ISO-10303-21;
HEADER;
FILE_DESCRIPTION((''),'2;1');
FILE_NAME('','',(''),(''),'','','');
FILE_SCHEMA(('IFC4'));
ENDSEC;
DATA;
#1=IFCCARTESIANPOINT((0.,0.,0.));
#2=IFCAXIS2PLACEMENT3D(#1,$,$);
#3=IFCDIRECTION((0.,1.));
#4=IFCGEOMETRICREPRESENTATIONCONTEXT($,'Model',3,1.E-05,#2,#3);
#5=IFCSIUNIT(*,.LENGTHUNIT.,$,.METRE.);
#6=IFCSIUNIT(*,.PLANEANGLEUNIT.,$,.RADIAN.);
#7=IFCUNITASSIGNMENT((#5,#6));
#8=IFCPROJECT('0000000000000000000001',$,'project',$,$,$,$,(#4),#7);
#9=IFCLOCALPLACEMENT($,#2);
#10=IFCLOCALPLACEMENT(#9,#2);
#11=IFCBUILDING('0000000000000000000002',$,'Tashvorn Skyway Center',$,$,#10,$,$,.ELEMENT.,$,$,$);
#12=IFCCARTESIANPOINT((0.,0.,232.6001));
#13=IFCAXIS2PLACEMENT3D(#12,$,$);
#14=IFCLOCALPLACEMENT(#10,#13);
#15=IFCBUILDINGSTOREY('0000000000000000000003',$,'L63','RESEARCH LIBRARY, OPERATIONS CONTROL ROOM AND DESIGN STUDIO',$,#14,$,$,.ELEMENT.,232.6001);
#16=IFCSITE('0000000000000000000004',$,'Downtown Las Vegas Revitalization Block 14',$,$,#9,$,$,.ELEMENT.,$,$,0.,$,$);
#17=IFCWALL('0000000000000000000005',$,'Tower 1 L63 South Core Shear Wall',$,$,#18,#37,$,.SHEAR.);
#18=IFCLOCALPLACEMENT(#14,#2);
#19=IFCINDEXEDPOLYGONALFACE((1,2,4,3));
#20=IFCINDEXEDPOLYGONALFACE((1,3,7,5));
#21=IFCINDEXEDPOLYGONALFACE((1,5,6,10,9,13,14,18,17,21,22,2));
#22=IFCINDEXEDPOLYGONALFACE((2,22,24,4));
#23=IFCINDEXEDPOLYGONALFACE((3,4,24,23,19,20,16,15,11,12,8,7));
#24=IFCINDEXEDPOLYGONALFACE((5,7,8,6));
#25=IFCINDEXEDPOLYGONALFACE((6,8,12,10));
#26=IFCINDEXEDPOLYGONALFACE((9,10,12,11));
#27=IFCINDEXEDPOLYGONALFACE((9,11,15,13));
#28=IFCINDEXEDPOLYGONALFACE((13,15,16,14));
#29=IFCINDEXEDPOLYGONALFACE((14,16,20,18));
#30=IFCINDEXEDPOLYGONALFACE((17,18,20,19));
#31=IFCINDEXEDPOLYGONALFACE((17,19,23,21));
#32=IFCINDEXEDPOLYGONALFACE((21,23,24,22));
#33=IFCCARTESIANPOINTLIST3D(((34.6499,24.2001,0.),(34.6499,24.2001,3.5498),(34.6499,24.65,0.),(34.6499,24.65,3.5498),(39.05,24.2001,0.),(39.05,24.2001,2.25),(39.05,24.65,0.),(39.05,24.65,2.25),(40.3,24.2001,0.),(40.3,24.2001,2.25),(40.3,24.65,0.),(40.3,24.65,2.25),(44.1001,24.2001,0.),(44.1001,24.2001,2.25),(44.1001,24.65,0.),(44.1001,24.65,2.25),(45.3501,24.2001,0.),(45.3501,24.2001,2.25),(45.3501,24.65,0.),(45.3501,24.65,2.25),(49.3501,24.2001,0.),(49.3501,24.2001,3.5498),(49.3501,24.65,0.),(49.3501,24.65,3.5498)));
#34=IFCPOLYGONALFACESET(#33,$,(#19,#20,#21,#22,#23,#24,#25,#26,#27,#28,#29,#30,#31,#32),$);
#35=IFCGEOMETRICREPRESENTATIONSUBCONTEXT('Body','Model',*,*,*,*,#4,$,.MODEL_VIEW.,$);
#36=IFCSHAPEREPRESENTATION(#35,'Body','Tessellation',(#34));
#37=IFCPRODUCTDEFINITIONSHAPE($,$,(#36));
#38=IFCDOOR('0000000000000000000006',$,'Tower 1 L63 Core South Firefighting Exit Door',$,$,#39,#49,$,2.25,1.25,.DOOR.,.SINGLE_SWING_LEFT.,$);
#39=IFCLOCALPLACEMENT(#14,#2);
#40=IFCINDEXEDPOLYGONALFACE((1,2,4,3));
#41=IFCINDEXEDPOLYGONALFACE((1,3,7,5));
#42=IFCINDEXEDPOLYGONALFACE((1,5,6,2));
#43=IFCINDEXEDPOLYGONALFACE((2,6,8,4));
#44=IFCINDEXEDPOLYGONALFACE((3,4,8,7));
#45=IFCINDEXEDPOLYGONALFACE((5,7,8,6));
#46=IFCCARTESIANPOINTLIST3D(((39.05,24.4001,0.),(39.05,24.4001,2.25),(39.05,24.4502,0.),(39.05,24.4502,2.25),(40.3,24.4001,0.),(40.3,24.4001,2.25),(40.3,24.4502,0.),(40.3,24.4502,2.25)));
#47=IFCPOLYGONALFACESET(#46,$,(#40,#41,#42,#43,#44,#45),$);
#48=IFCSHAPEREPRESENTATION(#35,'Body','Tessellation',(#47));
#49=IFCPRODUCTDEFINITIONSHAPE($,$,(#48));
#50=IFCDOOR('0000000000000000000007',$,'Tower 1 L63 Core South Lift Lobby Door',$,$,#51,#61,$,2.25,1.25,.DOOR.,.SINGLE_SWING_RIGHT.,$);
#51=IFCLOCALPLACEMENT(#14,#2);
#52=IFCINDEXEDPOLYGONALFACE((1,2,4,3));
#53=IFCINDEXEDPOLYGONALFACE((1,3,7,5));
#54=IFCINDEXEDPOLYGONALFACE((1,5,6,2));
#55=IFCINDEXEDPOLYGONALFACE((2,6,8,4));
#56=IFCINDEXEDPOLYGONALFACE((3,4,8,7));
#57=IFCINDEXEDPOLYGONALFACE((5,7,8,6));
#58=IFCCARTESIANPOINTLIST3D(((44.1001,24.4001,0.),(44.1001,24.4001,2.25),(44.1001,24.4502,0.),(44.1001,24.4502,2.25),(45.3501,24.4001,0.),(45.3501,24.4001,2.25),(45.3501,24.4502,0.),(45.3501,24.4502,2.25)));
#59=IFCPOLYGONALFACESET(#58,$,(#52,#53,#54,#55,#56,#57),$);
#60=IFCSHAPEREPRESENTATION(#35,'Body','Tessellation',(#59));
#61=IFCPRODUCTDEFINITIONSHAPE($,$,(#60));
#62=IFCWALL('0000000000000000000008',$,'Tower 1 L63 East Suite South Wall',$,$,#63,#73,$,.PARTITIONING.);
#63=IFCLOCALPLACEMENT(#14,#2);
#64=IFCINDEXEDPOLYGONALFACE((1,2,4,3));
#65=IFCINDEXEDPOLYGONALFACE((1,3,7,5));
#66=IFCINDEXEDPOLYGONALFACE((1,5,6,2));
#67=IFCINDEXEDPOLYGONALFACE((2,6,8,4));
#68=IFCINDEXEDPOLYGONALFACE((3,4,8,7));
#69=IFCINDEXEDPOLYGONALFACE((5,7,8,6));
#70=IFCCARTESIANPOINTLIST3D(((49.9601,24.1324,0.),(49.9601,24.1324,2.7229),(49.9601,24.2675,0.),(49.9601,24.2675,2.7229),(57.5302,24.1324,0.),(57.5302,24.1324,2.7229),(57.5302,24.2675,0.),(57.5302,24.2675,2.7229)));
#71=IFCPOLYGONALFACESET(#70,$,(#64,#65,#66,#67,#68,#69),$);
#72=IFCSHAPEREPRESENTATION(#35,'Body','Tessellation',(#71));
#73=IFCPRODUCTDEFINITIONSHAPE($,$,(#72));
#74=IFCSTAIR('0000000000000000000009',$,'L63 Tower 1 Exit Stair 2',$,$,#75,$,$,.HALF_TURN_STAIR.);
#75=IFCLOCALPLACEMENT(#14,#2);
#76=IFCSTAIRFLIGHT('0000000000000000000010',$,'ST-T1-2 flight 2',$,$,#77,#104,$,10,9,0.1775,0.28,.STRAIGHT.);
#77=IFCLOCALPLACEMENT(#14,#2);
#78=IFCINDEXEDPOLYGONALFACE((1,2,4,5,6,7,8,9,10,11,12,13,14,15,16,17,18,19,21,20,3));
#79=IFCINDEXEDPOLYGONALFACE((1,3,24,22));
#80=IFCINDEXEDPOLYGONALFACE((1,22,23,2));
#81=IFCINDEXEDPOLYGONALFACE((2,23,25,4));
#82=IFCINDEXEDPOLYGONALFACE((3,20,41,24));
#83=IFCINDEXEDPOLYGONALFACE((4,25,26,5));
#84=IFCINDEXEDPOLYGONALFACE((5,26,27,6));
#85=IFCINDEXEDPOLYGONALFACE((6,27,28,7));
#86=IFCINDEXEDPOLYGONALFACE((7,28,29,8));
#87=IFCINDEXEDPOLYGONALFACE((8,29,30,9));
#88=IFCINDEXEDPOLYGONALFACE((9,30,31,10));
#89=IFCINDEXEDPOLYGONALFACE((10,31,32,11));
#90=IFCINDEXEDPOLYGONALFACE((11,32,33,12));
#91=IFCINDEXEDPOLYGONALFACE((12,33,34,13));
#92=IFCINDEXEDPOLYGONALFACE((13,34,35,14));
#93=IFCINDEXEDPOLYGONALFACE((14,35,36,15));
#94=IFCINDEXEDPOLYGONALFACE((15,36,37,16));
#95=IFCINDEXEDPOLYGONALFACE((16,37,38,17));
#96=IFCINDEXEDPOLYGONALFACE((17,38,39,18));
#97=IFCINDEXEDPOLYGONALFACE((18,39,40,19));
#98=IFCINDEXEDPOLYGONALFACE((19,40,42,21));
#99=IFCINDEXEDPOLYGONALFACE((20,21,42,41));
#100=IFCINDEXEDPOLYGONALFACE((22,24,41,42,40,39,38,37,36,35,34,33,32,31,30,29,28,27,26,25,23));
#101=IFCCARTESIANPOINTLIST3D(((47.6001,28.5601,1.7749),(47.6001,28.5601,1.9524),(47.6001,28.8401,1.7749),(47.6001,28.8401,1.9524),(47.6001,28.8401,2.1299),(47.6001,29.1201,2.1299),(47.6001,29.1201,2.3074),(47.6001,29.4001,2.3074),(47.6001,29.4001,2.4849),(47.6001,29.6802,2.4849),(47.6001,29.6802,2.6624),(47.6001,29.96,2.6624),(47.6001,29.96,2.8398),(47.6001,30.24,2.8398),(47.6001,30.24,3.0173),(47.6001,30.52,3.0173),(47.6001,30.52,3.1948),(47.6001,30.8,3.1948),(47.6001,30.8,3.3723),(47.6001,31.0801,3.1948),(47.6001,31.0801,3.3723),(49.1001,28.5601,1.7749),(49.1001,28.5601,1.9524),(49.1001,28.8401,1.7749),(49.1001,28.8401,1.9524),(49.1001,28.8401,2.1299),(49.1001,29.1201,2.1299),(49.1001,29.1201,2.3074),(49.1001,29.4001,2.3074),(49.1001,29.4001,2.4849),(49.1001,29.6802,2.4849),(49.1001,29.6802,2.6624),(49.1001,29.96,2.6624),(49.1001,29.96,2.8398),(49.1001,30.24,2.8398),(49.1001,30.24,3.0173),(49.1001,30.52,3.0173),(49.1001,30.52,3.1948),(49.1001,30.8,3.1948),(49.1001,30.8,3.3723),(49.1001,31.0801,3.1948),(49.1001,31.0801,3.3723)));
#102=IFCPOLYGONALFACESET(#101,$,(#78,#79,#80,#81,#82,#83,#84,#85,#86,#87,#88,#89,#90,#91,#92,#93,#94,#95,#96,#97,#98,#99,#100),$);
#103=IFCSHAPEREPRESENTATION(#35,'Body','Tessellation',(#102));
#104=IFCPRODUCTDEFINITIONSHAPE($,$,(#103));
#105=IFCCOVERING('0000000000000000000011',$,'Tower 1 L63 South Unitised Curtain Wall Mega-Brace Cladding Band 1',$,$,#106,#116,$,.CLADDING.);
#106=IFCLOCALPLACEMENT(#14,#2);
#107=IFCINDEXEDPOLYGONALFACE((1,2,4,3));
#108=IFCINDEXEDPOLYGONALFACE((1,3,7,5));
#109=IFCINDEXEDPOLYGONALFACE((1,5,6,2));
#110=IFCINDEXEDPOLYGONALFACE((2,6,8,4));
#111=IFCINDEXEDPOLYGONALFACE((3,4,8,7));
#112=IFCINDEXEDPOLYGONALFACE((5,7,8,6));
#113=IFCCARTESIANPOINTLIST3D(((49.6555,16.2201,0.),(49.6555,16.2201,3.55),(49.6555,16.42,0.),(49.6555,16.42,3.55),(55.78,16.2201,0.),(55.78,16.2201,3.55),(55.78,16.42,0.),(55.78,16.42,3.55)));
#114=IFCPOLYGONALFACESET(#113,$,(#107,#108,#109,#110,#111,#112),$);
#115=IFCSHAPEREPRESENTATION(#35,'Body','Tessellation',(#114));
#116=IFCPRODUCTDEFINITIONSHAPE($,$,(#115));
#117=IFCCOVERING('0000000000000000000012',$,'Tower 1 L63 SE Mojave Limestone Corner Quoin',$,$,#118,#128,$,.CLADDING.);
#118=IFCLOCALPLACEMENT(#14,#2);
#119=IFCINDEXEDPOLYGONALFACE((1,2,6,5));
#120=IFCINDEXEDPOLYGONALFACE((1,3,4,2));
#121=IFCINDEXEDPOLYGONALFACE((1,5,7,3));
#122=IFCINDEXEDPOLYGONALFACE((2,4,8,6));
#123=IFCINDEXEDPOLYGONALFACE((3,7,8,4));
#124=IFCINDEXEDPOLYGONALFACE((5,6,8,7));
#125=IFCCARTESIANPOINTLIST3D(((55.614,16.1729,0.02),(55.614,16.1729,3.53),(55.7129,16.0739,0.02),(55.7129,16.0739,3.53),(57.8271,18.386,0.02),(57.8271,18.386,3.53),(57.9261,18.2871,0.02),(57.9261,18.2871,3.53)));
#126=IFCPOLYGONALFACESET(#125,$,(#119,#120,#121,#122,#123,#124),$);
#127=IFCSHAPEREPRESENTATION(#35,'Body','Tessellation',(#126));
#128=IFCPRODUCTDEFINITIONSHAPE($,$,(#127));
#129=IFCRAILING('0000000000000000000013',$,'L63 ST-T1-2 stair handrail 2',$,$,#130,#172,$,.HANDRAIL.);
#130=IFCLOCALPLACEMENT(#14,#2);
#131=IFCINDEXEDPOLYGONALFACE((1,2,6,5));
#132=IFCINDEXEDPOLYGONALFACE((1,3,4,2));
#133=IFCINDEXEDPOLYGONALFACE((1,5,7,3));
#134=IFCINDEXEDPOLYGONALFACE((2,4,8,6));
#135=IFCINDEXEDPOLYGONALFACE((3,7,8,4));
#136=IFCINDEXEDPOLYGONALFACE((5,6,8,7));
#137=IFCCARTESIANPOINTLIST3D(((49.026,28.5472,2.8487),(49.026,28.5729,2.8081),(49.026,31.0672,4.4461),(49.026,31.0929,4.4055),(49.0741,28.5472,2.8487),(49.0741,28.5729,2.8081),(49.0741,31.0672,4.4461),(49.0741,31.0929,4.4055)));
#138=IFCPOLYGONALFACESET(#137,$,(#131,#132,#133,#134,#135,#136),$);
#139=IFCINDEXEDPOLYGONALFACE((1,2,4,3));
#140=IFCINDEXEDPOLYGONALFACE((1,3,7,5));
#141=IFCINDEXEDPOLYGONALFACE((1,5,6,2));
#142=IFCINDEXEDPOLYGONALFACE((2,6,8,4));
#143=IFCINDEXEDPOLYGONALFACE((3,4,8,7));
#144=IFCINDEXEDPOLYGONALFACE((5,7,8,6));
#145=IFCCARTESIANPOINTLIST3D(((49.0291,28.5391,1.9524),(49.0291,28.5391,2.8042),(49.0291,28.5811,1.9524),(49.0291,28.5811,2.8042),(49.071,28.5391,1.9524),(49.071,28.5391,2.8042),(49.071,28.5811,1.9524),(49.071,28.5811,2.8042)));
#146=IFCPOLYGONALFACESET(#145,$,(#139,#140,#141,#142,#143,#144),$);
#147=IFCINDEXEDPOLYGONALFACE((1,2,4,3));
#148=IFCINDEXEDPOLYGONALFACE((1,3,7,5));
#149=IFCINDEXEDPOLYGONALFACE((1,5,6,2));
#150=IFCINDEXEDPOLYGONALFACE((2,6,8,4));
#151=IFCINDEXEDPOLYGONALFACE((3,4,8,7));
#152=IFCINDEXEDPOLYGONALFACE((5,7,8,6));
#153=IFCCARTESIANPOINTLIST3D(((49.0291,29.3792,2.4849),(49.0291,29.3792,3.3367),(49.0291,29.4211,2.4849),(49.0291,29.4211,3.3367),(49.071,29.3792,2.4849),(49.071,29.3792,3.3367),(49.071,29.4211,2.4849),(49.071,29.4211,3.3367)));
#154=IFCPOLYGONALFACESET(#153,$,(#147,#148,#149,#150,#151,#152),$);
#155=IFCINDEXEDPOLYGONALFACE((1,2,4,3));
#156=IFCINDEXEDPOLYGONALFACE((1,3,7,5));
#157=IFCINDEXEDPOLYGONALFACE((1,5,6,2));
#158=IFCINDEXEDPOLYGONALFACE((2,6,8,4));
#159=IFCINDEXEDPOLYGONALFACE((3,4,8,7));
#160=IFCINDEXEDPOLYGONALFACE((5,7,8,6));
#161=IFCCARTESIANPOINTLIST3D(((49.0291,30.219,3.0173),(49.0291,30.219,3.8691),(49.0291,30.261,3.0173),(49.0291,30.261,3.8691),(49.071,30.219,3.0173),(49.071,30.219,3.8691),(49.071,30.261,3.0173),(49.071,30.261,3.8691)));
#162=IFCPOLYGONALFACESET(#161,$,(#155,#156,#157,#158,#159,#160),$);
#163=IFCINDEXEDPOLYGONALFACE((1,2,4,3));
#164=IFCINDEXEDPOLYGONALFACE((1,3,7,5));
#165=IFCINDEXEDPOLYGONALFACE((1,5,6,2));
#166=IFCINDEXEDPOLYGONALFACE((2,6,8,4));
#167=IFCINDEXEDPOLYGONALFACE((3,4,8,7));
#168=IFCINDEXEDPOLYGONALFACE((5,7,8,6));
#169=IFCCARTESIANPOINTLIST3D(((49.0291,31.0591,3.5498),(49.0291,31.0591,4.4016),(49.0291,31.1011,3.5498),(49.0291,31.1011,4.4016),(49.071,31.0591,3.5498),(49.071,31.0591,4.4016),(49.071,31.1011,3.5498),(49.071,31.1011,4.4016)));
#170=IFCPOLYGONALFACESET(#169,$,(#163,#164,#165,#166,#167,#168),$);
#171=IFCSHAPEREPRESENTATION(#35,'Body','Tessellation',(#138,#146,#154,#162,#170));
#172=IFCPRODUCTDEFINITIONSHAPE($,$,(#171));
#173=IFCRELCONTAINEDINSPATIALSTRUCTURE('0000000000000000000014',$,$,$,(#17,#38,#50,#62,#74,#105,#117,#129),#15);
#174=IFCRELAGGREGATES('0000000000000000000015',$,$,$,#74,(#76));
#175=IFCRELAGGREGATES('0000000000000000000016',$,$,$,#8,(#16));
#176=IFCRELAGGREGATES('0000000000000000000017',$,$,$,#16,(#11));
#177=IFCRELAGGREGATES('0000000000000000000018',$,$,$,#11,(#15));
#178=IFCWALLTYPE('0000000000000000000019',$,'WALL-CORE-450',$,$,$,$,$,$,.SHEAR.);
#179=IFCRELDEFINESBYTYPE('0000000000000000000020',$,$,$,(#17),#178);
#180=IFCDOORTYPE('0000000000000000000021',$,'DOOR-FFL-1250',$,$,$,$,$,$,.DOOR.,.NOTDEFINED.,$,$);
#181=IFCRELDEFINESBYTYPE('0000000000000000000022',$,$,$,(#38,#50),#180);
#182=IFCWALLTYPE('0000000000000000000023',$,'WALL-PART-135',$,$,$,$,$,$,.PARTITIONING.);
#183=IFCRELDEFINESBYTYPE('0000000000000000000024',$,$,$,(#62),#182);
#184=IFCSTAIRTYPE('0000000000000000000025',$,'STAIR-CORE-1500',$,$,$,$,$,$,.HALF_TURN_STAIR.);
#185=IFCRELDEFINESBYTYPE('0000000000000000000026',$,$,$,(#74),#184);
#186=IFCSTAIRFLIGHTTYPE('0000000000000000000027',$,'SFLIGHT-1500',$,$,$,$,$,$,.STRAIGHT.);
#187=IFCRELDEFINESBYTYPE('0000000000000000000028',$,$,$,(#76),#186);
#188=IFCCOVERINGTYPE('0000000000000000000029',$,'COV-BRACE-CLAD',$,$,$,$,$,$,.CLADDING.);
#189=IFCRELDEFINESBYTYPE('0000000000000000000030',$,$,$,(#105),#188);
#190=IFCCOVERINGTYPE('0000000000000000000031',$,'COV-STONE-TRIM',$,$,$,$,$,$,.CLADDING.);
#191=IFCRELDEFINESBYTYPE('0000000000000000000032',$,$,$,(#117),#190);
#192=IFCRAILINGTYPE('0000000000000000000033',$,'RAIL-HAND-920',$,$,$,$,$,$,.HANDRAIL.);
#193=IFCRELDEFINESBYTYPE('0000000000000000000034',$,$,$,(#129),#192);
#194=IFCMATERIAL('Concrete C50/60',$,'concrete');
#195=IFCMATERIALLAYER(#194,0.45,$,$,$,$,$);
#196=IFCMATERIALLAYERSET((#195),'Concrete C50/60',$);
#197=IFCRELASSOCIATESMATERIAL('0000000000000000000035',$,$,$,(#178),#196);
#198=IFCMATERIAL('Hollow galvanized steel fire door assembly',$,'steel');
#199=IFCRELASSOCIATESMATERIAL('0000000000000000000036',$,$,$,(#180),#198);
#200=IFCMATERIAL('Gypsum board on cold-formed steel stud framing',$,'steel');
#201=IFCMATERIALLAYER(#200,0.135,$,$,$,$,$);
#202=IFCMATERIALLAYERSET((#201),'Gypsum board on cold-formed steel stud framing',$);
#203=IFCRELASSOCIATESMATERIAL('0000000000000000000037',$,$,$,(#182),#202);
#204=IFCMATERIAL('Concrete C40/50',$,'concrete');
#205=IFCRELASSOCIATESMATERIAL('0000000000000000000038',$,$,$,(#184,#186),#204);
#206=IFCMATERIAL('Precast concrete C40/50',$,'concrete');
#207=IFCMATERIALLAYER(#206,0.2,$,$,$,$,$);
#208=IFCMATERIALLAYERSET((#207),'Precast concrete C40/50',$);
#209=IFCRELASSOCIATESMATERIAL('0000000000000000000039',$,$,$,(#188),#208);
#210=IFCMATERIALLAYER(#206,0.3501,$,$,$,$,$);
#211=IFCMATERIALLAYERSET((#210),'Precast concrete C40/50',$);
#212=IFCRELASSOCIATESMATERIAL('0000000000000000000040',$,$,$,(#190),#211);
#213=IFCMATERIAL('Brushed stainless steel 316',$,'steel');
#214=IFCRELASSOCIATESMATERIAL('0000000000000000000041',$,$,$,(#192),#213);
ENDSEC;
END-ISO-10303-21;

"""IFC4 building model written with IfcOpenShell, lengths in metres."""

from ifc_helpers import new_model, si_unit, direction, frame, frame_2d, origin, origin_2d, place, context, subcontext, project, spatial, polyline, rectangle, outline, extrude, material, layer, layer_set, type_object, element, fill, aggregate, save


model = new_model("IFC4")

# Units and contexts
model_context = context("Model", 3, precision=1e-05, world=origin(), true_north=direction((0.0, 1.0)))
body_context = subcontext(model_context, "Body", "Model", "MODEL_VIEW")
ifc_project = project(units=[si_unit("LENGTHUNIT", "METRE"), si_unit("PLANEANGLEUNIT", "RADIAN")], contexts=[model_context])

# Site, building, storey
site_placement = place(None, origin())
site = spatial("IfcSite", under=ifc_project, at=site_placement, Name="Downtown Las Vegas Revitalization Block 14", CompositionType="ELEMENT", RefElevation=0.0)
building_placement = place(site_placement, origin())
building = spatial("IfcBuilding", under=site, at=building_placement, Name="Tashvorn Skyway Center", CompositionType="ELEMENT")
storey_placement = place(building_placement, frame((0.0, 0.0, 232.6001)))
storey = spatial("IfcBuildingStorey", under=building, at=storey_placement, Name="L63", Description="RESEARCH LIBRARY, OPERATIONS CONTROL ROOM AND DESIGN STUDIO", CompositionType="ELEMENT", Elevation=232.6001)

# Wall, openings, doors
ifc_material_1 = material(Name="Concrete C50/60", Category="concrete")
ifc_layer_1 = layer(ifc_material_1, 0.45)
ifc_layer_set_1 = layer_set([ifc_layer_1], Name="Concrete C50/60")
wall_type_1 = type_object("IfcWallType", Name="WALL-CORE-450", PredefinedType="SHEAR", material=ifc_layer_set_1)
wall_1_placement = place(storey_placement, frame((49.3501, 24.425, 0.0), z_axis=(0.0, 0.0, 1.0), x_axis=(-1.0, 0.0, 0.0)))
wall_1 = element("IfcWall", 1, at=wall_1_placement, inside=storey, type_object=wall_type_1, Name="Tower 1 L63 South Core Shear Wall", PredefinedType="SHEAR", context=body_context, shape_type="SweptSolid", body=[
    extrude(rectangle(XDim=14.7002, YDim=0.45, at=frame_2d((7.3501, 0.0))), origin(), (0.0, 0.0, 1.0), 3.5498),
])
opening_1_placement = place(wall_1_placement, frame((9.05, 0.0, 0.0)))
opening_1 = element("IfcOpeningElement", 2, at=opening_1_placement, cuts=wall_1, PredefinedType="OPENING", context=body_context, shape_type="SweptSolid", body=[
    extrude(rectangle(XDim=1.25, YDim=2.25, at=frame_2d((0.625, 1.125))), frame((0.0, 0.2349, 0.0), z_axis=(0.0, -1.0, 0.0), x_axis=(1.0, 0.0, 0.0)), (0.0, 0.0, 1.0), 0.47),
])
opening_2_placement = place(wall_1_placement, frame((4.0, 0.0, 0.0)))
opening_2 = element("IfcOpeningElement", 3, at=opening_2_placement, cuts=wall_1, PredefinedType="OPENING", context=body_context, shape_type="SweptSolid", body=[
    extrude(rectangle(XDim=1.25, YDim=2.25, at=frame_2d((0.625, 1.125))), frame((0.0, 0.2349, 0.0), z_axis=(0.0, -1.0, 0.0), x_axis=(1.0, 0.0, 0.0)), (0.0, 0.0, 1.0), 0.47),
])
ifc_material_2 = material(Name="Hollow galvanized steel fire door assembly", Category="steel")
door_type = type_object("IfcDoorType", Name="DOOR-FFL-1250", OperationType="NOTDEFINED", PredefinedType="DOOR", material=ifc_material_2)
door_1_placement = place(opening_1_placement, origin())
door_1 = element("IfcDoor", 4, at=door_1_placement, inside=storey, type_object=door_type, Name="Tower 1 L63 Core South Firefighting Exit Door", OperationType="SINGLE_SWING_LEFT", OverallHeight=2.25, OverallWidth=1.25, PredefinedType="DOOR", context=body_context, shape_type="SweptSolid", body=[
    extrude(rectangle(XDim=1.25, YDim=2.25, at=frame_2d((0.625, 1.125))), frame((0.0, 0.0249, 0.0), z_axis=(0.0, -1.0, 0.0), x_axis=(1.0, 0.0, 0.0)), (0.0, 0.0, 1.0), 0.05),
])
fill(opening_1, door_1)
door_2_placement = place(opening_2_placement, origin())
door_2 = element("IfcDoor", 5, at=door_2_placement, inside=storey, type_object=door_type, Name="Tower 1 L63 Core South Lift Lobby Door", OperationType="SINGLE_SWING_RIGHT", OverallHeight=2.25, OverallWidth=1.25, PredefinedType="DOOR", context=body_context, shape_type="SweptSolid", body=[
    extrude(rectangle(XDim=1.25, YDim=2.25, at=frame_2d((0.625, 1.125))), frame((0.0, 0.0249, 0.0), z_axis=(0.0, -1.0, 0.0), x_axis=(1.0, 0.0, 0.0)), (0.0, 0.0, 1.0), 0.05),
])
fill(opening_2, door_2)

# Wall
ifc_material_3 = material(Name="Gypsum board on cold-formed steel stud framing", Category="steel")
ifc_layer_2 = layer(ifc_material_3, 0.135)
ifc_layer_set_2 = layer_set([ifc_layer_2], Name="Gypsum board on cold-formed steel stud framing")
wall_type_2 = type_object("IfcWallType", Name="WALL-PART-135", PredefinedType="PARTITIONING", material=ifc_layer_set_2)
wall_2_placement = place(storey_placement, frame((49.96, 24.2, 0.0), z_axis=(0.0, 0.0, 1.0), x_axis=(1.0, 0.0, 0.0)))
element("IfcWall", 6, at=wall_2_placement, inside=storey, type_object=wall_type_2, Name="Tower 1 L63 East Suite South Wall", PredefinedType="PARTITIONING", context=body_context, shape_type="SweptSolid", body=[
    extrude(rectangle(XDim=7.5701, YDim=0.135, at=frame_2d((3.7852, 0.0))), origin(), (0.0, 0.0, 1.0), 2.7229),
])

# Stair, stair flight
ifc_material_4 = material(Name="Concrete C40/50", Category="concrete")
stair_type = type_object("IfcStairType", Name="STAIR-CORE-1500", PredefinedType="HALF_TURN_STAIR", material=ifc_material_4)
stair_placement = place(storey_placement, origin())
stair = element("IfcStair", 7, at=stair_placement, inside=storey, type_object=stair_type, Name="L63 Tower 1 Exit Stair 2", PredefinedType="HALF_TURN_STAIR")
stair_flight_type = type_object("IfcStairFlightType", Name="SFLIGHT-1500", PredefinedType="STRAIGHT", material=ifc_material_4)
stair_flight_placement = place(storey_placement, frame((48.3501, 28.5601, 1.7749), z_axis=(0.0, 0.0, 1.0), x_axis=(0.0, 1.0, 0.0)))
stair_flight = element("IfcStairFlight", 8, at=stair_flight_placement, type_object=stair_flight_type, Name="ST-T1-2 flight 2", NumberOfRisers=10, NumberOfTreads=9, PredefinedType="STRAIGHT", RiserHeight=0.1775, TreadLength=0.28, context=body_context, shape_type="SweptSolid", body=[
    extrude(outline(polyline([(0.0, 0.0), (0.0, 0.1775), (0.28, 0.1775), (0.28, 0.355), (0.5601, 0.355), (0.5601, 0.5325), (0.8401, 0.5325), (0.8401, 0.71), (1.1201, 0.71), (1.1201, 0.8875), (1.3999, 0.8875), (1.3999, 1.0649), (1.6799, 1.0649), (1.6799, 1.2424), (1.96, 1.2424), (1.96, 1.4199), (2.24, 1.4199), (2.24, 1.5974), (2.52, 1.5974), (2.52, 1.7749), (2.52, 1.4199), (0.28, 0.0), (0.0, 0.0)])), frame((0.0, 0.75, 0.0), z_axis=(0.0, -1.0, 0.0), x_axis=(1.0, 0.0, 0.0)), (0.0, 0.0, 1.0), 1.5),
])
aggregate(stair, [stair_flight])

# Coverings
ifc_material_5 = material(Name="Precast concrete C40/50", Category="concrete")
ifc_layer_3 = layer(ifc_material_5, 0.2)
ifc_layer_set_3 = layer_set([ifc_layer_3], Name="Precast concrete C40/50")
covering_type_1 = type_object("IfcCoveringType", Name="COV-BRACE-CLAD", PredefinedType="CLADDING", material=ifc_layer_set_3)
covering_1_placement = place(storey_placement, frame((52.7178, 16.3201, 0.0), z_axis=(0.0, 0.0, 1.0), x_axis=(-1.0, 0.0, 0.0)))
element("IfcCovering", 9, at=covering_1_placement, inside=storey, type_object=covering_type_1, Name="Tower 1 L63 South Unitised Curtain Wall Mega-Brace Cladding Band 1", PredefinedType="CLADDING", context=body_context, shape_type="SweptSolid", body=[
    extrude(rectangle(XDim=6.1245, YDim=0.2, at=origin_2d()), origin(), (0.0, 0.0, 1.0), 3.55),
])
ifc_layer_4 = layer(ifc_material_5, 0.3501)
ifc_layer_set_4 = layer_set([ifc_layer_4], Name="Precast concrete C40/50")
covering_type_2 = type_object("IfcCoveringType", Name="COV-STONE-TRIM", PredefinedType="CLADDING", material=ifc_layer_set_4)
covering_2_placement = place(storey_placement, frame((56.77, 17.23, 0.02), z_axis=(0.0, 0.0, 1.0), x_axis=(0.707107, 0.707107, 0.0)))
element("IfcCovering", 10, at=covering_2_placement, inside=storey, type_object=covering_type_2, Name="Tower 1 L63 SE Mojave Limestone Corner Quoin", PredefinedType="CLADDING", context=body_context, shape_type="SweptSolid", body=[
    extrude(rectangle(XDim=3.1299, YDim=0.1399, at=origin_2d()), origin(), (0.0, 0.0, 1.0), 3.51),
])

# Railing
ifc_material_6 = material(Name="Brushed stainless steel 316", Category="steel")
railing_type_1 = type_object("IfcRailingType", Name="RAIL-HAND-920", PredefinedType="HANDRAIL", material=ifc_material_6)
railing_1_placement = place(storey_placement, frame((49.05, 28.5601, 1.9524)))
element("IfcRailing", 11, at=railing_1_placement, inside=storey, type_object=railing_type_1, Name="L63 ST-T1-2 stair handrail 2", PredefinedType="HANDRAIL", context=body_context, shape_type="SweptSolid", body=[
    extrude(rectangle(XDim=0.0481, YDim=0.0481, at=origin_2d()), frame((0.0, 0.0, 0.876), z_axis=(0.0, 0.844607, 0.535387), x_axis=(-1.0, 0.0, 0.0)), (0.0, 0.0, 1.0), 2.9836),
    extrude(rectangle(XDim=0.042, YDim=0.042, at=origin_2d()), origin(), (0.0, 0.0, 1.0), 0.8518),
    extrude(rectangle(XDim=0.042, YDim=0.042, at=origin_2d()), frame((0.0, 0.8401, 0.5325)), (0.0, 0.0, 1.0), 0.8518),
    extrude(rectangle(XDim=0.042, YDim=0.042, at=origin_2d()), frame((0.0, 1.6799, 1.0649)), (0.0, 0.0, 1.0), 0.8518),
    extrude(rectangle(XDim=0.042, YDim=0.042, at=origin_2d()), frame((0.0, 2.52, 1.5974)), (0.0, 0.0, 1.0), 0.8518),
])

save(model, "model.ifc")
